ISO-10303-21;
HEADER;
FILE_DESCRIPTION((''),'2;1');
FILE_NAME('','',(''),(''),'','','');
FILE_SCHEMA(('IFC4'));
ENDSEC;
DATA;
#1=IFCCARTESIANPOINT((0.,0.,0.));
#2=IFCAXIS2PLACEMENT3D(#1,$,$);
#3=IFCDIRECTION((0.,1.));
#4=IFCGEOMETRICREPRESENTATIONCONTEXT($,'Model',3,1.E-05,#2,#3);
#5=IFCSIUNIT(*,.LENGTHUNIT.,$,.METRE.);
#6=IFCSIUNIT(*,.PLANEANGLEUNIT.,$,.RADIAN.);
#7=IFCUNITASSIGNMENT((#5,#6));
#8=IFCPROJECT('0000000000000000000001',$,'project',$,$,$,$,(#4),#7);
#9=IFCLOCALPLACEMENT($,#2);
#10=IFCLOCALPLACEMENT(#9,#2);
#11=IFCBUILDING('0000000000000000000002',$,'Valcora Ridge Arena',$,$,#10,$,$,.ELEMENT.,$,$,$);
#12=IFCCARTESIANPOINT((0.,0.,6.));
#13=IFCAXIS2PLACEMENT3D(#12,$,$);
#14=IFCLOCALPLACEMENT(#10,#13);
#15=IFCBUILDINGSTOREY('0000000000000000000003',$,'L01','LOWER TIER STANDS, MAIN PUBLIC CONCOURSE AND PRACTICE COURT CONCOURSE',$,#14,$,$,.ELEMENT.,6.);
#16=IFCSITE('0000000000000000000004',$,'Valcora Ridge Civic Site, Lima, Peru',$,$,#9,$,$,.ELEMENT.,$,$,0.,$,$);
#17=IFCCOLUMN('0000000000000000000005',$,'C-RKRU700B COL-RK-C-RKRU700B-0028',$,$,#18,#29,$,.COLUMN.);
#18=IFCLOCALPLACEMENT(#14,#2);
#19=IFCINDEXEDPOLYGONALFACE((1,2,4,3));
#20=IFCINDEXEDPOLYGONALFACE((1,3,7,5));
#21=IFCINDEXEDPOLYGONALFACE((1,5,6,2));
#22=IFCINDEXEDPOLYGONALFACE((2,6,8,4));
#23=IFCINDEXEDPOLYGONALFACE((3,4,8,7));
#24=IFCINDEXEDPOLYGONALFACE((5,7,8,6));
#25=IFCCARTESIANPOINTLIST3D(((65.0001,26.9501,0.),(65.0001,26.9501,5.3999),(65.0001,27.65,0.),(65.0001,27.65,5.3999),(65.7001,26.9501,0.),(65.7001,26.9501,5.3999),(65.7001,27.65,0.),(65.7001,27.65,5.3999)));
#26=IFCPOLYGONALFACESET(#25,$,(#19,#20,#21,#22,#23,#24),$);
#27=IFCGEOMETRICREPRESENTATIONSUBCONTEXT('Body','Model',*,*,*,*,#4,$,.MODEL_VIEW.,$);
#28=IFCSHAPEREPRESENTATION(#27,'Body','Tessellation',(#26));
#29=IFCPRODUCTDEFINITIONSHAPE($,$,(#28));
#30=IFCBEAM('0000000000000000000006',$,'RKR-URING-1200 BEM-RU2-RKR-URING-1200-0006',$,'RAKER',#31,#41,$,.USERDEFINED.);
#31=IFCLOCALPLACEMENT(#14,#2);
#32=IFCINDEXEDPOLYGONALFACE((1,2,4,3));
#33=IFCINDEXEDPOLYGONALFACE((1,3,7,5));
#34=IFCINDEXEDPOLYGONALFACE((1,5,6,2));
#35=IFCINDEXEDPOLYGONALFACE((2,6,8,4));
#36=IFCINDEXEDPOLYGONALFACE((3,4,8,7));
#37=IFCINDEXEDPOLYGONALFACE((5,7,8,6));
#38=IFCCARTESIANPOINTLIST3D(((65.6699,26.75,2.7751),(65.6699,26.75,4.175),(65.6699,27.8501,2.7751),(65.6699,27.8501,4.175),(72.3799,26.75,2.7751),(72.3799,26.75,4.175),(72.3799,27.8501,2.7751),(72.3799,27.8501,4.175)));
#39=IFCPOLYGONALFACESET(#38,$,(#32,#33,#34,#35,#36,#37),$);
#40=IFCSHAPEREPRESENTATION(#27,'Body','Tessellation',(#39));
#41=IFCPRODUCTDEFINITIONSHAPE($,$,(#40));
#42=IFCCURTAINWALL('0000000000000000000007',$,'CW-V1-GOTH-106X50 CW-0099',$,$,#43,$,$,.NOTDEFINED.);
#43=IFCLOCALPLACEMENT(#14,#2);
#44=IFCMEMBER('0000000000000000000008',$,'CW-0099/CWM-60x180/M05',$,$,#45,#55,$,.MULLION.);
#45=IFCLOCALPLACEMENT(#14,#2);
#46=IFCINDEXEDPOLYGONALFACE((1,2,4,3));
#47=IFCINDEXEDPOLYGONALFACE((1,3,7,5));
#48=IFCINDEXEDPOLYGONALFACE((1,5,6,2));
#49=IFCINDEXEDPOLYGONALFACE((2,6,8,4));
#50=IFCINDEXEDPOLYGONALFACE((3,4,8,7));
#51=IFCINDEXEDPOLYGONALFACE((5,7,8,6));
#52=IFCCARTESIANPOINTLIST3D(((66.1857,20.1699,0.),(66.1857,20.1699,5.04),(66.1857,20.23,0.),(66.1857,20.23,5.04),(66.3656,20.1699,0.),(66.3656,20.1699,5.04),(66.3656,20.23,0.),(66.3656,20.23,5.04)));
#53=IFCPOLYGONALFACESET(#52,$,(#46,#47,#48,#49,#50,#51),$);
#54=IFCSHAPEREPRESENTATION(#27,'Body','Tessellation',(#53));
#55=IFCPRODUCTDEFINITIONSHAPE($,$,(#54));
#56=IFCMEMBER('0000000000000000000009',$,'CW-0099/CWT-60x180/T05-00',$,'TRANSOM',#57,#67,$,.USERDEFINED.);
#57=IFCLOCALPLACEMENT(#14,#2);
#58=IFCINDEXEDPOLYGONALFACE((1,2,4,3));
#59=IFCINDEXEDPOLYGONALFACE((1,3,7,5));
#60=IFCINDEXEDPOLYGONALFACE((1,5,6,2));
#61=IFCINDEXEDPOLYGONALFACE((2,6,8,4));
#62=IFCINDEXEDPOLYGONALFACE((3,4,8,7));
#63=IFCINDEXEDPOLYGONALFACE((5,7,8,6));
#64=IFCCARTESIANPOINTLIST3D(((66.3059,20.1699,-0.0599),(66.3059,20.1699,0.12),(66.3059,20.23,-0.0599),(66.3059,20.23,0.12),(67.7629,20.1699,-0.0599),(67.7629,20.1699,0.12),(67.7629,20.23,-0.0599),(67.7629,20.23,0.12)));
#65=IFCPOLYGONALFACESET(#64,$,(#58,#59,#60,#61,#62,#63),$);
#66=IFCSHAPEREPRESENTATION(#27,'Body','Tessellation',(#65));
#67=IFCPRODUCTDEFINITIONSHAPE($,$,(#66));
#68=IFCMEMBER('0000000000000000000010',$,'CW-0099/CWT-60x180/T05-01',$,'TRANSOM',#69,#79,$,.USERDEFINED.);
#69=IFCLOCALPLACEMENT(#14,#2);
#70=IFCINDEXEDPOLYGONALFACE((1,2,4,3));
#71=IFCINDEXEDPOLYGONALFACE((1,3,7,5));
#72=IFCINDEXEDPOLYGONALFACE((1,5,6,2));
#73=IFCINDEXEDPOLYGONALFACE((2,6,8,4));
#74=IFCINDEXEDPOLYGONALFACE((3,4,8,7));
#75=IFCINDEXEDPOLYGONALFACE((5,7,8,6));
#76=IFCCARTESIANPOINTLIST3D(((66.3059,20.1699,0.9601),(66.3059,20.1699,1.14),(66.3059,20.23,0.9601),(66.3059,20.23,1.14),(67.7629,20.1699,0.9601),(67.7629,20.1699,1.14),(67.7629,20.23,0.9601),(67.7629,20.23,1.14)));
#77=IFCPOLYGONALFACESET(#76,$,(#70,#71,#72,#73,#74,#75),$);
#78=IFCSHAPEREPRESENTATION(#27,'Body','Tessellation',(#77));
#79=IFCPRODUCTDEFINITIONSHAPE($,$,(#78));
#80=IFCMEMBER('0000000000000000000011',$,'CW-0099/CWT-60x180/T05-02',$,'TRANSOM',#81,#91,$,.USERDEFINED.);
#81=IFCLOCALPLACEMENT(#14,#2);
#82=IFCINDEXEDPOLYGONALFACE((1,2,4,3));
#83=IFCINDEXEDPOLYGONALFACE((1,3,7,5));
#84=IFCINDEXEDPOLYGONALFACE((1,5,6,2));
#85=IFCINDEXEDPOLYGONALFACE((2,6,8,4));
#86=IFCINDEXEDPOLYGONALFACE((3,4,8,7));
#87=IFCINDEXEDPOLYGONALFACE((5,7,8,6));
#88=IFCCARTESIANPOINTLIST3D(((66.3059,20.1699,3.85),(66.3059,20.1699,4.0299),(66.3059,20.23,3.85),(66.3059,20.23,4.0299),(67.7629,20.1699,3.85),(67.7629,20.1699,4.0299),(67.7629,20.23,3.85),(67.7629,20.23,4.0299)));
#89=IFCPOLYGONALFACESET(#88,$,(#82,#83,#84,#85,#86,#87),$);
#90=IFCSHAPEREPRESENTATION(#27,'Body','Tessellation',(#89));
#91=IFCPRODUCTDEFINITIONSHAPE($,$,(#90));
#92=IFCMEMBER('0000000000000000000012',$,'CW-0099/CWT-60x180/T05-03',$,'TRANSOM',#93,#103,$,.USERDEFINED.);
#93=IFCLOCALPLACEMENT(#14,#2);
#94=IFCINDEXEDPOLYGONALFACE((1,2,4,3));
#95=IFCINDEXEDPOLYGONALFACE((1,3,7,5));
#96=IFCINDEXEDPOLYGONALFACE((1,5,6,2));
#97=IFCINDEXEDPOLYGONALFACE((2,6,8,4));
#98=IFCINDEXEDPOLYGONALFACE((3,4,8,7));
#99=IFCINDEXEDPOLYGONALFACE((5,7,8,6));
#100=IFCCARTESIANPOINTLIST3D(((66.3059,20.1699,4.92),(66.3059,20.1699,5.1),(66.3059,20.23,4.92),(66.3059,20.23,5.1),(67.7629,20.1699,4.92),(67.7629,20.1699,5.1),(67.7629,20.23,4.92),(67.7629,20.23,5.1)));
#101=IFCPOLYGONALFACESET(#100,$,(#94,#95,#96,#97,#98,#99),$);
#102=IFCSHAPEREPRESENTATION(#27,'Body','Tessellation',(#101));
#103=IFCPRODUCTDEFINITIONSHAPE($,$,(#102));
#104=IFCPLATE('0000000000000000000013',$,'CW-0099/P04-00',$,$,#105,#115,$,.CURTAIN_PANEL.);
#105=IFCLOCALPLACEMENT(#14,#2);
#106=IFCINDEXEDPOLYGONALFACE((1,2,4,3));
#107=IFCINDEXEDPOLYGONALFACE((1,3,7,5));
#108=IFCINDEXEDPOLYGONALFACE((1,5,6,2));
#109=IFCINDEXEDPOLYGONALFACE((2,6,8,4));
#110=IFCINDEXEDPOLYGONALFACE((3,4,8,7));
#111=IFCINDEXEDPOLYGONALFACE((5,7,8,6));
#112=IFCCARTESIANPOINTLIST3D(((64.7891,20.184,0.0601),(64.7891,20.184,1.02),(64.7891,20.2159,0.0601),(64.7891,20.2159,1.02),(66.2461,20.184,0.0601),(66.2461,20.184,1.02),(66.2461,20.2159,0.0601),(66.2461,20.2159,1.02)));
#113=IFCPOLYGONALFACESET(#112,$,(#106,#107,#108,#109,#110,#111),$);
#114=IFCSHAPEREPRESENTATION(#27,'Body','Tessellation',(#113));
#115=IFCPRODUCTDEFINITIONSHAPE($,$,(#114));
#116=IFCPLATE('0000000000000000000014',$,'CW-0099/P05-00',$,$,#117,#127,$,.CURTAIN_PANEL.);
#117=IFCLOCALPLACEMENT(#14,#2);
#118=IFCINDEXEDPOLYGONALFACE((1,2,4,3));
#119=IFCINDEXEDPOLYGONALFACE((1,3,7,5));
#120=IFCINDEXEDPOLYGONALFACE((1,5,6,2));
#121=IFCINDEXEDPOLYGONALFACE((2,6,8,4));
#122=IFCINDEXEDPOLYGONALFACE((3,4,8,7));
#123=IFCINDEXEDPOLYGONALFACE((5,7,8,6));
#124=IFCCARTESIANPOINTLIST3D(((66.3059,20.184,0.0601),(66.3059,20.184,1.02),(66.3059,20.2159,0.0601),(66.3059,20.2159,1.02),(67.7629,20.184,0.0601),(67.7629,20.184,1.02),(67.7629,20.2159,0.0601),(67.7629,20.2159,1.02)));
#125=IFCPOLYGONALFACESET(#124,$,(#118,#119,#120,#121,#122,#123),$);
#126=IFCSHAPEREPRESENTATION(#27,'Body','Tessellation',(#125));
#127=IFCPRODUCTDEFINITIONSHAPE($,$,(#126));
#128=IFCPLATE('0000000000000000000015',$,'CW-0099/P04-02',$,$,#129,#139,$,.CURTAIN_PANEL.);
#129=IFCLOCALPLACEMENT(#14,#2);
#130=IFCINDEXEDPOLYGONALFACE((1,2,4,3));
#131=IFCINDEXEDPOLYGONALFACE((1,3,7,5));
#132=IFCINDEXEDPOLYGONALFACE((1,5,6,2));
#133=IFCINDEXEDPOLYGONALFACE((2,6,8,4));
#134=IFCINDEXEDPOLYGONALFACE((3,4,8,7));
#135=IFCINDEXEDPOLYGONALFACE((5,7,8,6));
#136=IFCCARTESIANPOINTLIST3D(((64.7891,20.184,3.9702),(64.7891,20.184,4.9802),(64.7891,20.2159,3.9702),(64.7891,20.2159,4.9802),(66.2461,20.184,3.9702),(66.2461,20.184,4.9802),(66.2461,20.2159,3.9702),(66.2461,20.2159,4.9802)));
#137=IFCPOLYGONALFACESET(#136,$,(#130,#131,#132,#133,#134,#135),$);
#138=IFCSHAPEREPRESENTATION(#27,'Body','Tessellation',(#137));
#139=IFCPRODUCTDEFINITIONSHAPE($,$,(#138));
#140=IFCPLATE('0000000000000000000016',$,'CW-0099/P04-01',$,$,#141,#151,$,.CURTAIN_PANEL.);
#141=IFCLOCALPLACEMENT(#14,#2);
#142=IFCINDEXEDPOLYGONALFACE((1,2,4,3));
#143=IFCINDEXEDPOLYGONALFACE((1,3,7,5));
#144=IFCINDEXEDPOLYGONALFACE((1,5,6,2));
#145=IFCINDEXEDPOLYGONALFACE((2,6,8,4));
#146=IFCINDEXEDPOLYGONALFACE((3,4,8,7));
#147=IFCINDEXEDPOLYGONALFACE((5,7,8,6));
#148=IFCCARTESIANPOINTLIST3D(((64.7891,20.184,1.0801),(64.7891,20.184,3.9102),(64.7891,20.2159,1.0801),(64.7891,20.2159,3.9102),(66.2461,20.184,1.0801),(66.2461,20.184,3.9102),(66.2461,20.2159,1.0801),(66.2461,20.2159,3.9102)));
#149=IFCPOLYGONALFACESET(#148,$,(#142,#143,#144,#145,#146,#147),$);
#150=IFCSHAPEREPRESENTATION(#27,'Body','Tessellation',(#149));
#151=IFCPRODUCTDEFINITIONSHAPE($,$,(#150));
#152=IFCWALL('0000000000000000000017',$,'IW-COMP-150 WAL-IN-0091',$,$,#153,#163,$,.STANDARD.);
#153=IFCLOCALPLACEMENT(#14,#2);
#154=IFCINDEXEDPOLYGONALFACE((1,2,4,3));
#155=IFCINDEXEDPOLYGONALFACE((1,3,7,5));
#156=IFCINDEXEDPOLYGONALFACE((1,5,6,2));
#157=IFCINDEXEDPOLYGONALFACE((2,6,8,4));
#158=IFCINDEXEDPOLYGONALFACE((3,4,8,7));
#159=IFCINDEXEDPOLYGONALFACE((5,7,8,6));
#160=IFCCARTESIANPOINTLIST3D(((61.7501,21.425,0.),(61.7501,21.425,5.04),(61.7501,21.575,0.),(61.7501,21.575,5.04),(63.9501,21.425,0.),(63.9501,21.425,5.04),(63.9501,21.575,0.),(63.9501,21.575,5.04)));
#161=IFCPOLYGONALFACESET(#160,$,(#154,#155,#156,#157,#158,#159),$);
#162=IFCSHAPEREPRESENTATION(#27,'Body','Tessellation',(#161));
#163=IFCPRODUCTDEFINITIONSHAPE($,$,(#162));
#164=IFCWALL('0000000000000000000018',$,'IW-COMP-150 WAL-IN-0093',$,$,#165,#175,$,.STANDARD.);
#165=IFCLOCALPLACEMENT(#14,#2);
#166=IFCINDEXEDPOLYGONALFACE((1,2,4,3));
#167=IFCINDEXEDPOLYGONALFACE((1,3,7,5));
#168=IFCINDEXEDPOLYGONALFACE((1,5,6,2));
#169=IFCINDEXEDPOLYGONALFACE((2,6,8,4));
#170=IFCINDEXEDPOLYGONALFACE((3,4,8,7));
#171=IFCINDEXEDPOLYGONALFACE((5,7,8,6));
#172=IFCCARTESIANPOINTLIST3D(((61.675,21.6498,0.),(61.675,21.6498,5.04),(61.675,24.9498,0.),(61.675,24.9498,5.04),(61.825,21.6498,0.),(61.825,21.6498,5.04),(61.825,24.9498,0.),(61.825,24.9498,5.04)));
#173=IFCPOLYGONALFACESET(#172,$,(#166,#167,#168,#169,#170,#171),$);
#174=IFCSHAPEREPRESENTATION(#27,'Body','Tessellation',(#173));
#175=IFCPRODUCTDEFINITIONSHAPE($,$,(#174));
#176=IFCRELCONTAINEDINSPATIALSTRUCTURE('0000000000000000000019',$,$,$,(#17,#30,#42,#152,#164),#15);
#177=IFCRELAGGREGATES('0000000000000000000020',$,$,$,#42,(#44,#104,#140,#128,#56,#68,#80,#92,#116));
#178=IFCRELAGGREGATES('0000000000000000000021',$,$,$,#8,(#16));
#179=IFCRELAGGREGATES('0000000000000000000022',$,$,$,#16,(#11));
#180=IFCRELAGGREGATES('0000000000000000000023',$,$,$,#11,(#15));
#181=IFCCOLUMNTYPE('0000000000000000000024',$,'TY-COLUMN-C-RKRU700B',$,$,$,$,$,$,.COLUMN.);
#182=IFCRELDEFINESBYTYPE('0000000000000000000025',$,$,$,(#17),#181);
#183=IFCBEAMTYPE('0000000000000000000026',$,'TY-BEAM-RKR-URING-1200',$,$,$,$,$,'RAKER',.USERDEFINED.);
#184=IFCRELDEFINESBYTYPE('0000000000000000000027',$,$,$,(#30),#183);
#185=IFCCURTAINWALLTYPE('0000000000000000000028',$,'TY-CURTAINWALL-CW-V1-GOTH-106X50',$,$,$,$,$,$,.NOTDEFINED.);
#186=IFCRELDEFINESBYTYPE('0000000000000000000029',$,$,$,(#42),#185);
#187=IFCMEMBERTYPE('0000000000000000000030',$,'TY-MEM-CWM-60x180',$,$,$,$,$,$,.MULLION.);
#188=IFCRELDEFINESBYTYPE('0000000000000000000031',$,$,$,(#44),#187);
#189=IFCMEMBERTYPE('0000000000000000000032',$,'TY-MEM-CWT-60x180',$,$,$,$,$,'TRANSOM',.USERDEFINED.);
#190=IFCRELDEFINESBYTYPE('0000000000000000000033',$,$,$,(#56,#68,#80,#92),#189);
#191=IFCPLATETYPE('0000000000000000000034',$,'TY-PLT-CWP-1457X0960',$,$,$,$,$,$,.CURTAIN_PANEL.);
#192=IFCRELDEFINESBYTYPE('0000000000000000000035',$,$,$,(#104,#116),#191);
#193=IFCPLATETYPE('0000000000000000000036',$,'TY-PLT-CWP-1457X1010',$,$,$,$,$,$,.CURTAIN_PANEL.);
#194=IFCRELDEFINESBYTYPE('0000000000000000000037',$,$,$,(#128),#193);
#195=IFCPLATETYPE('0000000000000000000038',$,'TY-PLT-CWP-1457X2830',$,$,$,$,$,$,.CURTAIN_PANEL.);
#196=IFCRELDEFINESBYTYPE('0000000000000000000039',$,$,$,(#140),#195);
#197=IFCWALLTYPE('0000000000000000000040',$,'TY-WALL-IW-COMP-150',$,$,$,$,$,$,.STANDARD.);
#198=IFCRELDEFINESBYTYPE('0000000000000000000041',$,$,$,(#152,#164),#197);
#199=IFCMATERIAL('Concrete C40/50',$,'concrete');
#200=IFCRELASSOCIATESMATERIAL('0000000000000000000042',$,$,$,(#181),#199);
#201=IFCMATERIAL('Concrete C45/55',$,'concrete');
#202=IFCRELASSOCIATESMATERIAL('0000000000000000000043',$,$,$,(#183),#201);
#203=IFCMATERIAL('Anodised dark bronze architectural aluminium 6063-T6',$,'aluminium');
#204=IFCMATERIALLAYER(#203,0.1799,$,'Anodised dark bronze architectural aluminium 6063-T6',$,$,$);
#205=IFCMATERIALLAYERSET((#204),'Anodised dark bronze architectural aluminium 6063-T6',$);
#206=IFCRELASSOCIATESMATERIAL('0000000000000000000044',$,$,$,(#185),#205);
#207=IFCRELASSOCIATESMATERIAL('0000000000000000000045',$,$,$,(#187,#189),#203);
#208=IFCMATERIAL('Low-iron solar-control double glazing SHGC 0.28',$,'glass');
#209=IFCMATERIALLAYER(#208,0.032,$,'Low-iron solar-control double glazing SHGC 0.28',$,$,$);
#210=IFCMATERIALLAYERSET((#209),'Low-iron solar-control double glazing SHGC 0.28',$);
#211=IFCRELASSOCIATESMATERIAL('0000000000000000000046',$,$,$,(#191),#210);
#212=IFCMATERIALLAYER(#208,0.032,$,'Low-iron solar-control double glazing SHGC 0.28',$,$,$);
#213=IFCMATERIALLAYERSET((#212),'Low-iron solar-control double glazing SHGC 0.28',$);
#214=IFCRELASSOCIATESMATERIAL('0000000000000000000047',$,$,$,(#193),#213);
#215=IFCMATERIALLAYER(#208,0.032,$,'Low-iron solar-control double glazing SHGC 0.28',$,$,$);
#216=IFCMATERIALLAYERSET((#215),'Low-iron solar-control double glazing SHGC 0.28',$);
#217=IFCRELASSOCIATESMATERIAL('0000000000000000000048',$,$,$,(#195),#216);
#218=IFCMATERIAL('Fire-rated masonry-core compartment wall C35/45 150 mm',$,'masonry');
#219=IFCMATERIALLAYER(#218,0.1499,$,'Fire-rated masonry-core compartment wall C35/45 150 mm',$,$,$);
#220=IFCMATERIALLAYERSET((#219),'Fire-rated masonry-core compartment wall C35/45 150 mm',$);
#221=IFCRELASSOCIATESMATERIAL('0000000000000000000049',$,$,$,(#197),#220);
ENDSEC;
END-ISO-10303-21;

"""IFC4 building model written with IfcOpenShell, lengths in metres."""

from ifc_helpers import new_model, si_unit, direction, frame, frame_2d, origin, origin_2d, place, context, subcontext, project, spatial, rectangle, extrude, material, layer, layer_set, material_profile, profile_set, type_object, element, aggregate, save


model = new_model("IFC4")

# Units and contexts
model_context = context("Model", 3, precision=1e-05, world=origin(), true_north=direction((0.0, 1.0)))
body_context = subcontext(model_context, "Body", "Model", "MODEL_VIEW")
ifc_project = project(units=[si_unit("LENGTHUNIT", "METRE"), si_unit("PLANEANGLEUNIT", "RADIAN")], contexts=[model_context])

# Site, building, storey
site_placement = place(None, origin())
site = spatial("IfcSite", under=ifc_project, at=site_placement, Name="Valcora Ridge Civic Site, Lima, Peru", CompositionType="ELEMENT", RefElevation=0.0)
building_placement = place(site_placement, origin())
building = spatial("IfcBuilding", under=site, at=building_placement, Name="Valcora Ridge Arena", CompositionType="ELEMENT")
storey_placement = place(building_placement, frame((0.0, 0.0, 6.0)))
storey = spatial("IfcBuildingStorey", under=building, at=storey_placement, Name="L01", Description="LOWER TIER STANDS, MAIN PUBLIC CONCOURSE AND PRACTICE COURT CONCOURSE", CompositionType="ELEMENT", Elevation=6.0)

# Column
ifc_material_1 = material(Name="Concrete C40/50", Category="concrete")
ifc_material_profile_1 = material_profile(ifc_material_1, rectangle(XDim=0.7, YDim=0.7, at=origin_2d()), Name="RC 700x700")
ifc_profile_set_1 = profile_set([ifc_material_profile_1], Name="Concrete C40/50")
column_type = type_object("IfcColumnType", Name="TY-COLUMN-C-RKRU700B", PredefinedType="COLUMN", material=ifc_profile_set_1)
column_placement = place(storey_placement, frame((65.3501, 27.3, 0.0), z_axis=(0.0, 0.0, 1.0), x_axis=(1.0, 0.0, 0.0)))
element("IfcColumn", 1, at=column_placement, inside=storey, type_object=column_type, Name="C-RKRU700B COL-RK-C-RKRU700B-0028", PredefinedType="COLUMN", context=body_context, shape_type="SweptSolid", body=[
    extrude(rectangle(XDim=0.7, YDim=0.7, at=origin_2d()), origin(), (0.0, 0.0, 1.0), 5.3999),
])

# Beam
ifc_material_2 = material(Name="Concrete C45/55", Category="concrete")
ifc_material_profile_2 = material_profile(ifc_material_2, rectangle(XDim=1.1001, YDim=1.3999, at=origin_2d()), Name="RC 1100x1400")
ifc_profile_set_2 = profile_set([ifc_material_profile_2], Name="Concrete C45/55")
beam_type = type_object("IfcBeamType", Name="TY-BEAM-RKR-URING-1200", ElementType="RAKER", PredefinedType="USERDEFINED", material=ifc_profile_set_2)
beam_placement = place(storey_placement, frame((65.6699, 27.3, 3.4751), z_axis=(1.0, 0.0, 0.0), x_axis=(0.0, 1.0, 0.0)))
element("IfcBeam", 2, at=beam_placement, inside=storey, type_object=beam_type, Name="RKR-URING-1200 BEM-RU2-RKR-URING-1200-0006", ObjectType="RAKER", PredefinedType="USERDEFINED", context=body_context, shape_type="SweptSolid", body=[
    extrude(rectangle(XDim=1.1001, YDim=1.3999, at=origin_2d()), origin(), (0.0, 0.0, 1.0), 6.71),
])

# Curtain wall, members, plates
ifc_material_3 = material(Name="Anodised dark bronze architectural aluminium 6063-T6", Category="aluminium")
ifc_layer_1 = layer(ifc_material_3, 0.1799, Name="Anodised dark bronze architectural aluminium 6063-T6")
ifc_layer_set_1 = layer_set([ifc_layer_1], Name="Anodised dark bronze architectural aluminium 6063-T6")
curtain_wall_type = type_object("IfcCurtainWallType", Name="TY-CURTAINWALL-CW-V1-GOTH-106X50", PredefinedType="NOTDEFINED", material=ifc_layer_set_1)
curtain_wall_placement = place(storey_placement, origin())
curtain_wall = element("IfcCurtainWall", 3, at=curtain_wall_placement, inside=storey, type_object=curtain_wall_type, Name="CW-V1-GOTH-106X50 CW-0099", PredefinedType="NOTDEFINED")
ifc_material_profile_3 = material_profile(ifc_material_3, rectangle(XDim=0.0601, YDim=0.1799, at=origin_2d()), Name="ALU MULLION 60x180")
ifc_profile_set_3 = profile_set([ifc_material_profile_3], Name="Anodised dark bronze architectural aluminium 6063-T6")
member_type_1 = type_object("IfcMemberType", Name="TY-MEM-CWM-60x180", PredefinedType="MULLION", material=ifc_profile_set_3)
member_1_placement = place(storey_placement, frame((66.2756, 20.2, 0.0), z_axis=(0.0, 0.0, 1.0), x_axis=(0.0, 1.0, 0.0)))
member_1 = element("IfcMember", 4, at=member_1_placement, type_object=member_type_1, Name="CW-0099/CWM-60x180/M05", PredefinedType="MULLION", context=body_context, shape_type="SweptSolid", body=[
    extrude(rectangle(XDim=0.0601, YDim=0.1799, at=origin_2d()), origin(), (0.0, 0.0, 1.0), 5.04),
])
ifc_material_profile_4 = material_profile(ifc_material_3, rectangle(XDim=0.0601, YDim=0.1799, at=origin_2d()), Name="ALU TRANSOM 60x180")
ifc_profile_set_4 = profile_set([ifc_material_profile_4], Name="Anodised dark bronze architectural aluminium 6063-T6")
member_type_2 = type_object("IfcMemberType", Name="TY-MEM-CWT-60x180", ElementType="TRANSOM", PredefinedType="USERDEFINED", material=ifc_profile_set_4)
member_2_placement = place(storey_placement, frame((66.3059, 20.2, 0.03), z_axis=(1.0, 0.0, 0.0), x_axis=(0.0, 1.0, 0.0)))
member_2 = element("IfcMember", 5, at=member_2_placement, type_object=member_type_2, Name="CW-0099/CWT-60x180/T05-00", ObjectType="TRANSOM", PredefinedType="USERDEFINED", context=body_context, shape_type="SweptSolid", body=[
    extrude(rectangle(XDim=0.0601, YDim=0.1799, at=origin_2d()), origin(), (0.0, 0.0, 1.0), 1.457),
])
member_3_placement = place(storey_placement, frame((66.3059, 20.2, 1.05), z_axis=(1.0, 0.0, 0.0), x_axis=(0.0, 1.0, 0.0)))
member_3 = element("IfcMember", 6, at=member_3_placement, type_object=member_type_2, Name="CW-0099/CWT-60x180/T05-01", ObjectType="TRANSOM", PredefinedType="USERDEFINED", context=body_context, shape_type="SweptSolid", body=[
    extrude(rectangle(XDim=0.0601, YDim=0.1799, at=origin_2d()), origin(), (0.0, 0.0, 1.0), 1.457),
])
member_4_placement = place(storey_placement, frame((66.3059, 20.2, 3.9399), z_axis=(1.0, 0.0, 0.0), x_axis=(0.0, 1.0, 0.0)))
member_4 = element("IfcMember", 7, at=member_4_placement, type_object=member_type_2, Name="CW-0099/CWT-60x180/T05-02", ObjectType="TRANSOM", PredefinedType="USERDEFINED", context=body_context, shape_type="SweptSolid", body=[
    extrude(rectangle(XDim=0.0601, YDim=0.1799, at=origin_2d()), origin(), (0.0, 0.0, 1.0), 1.457),
])
member_5_placement = place(storey_placement, frame((66.3059, 20.2, 5.01), z_axis=(1.0, 0.0, 0.0), x_axis=(0.0, 1.0, 0.0)))
member_5 = element("IfcMember", 8, at=member_5_placement, type_object=member_type_2, Name="CW-0099/CWT-60x180/T05-03", ObjectType="TRANSOM", PredefinedType="USERDEFINED", context=body_context, shape_type="SweptSolid", body=[
    extrude(rectangle(XDim=0.0601, YDim=0.1799, at=origin_2d()), origin(), (0.0, 0.0, 1.0), 1.457),
])
ifc_material_4 = material(Name="Low-iron solar-control double glazing SHGC 0.28", Category="glass")
ifc_layer_2 = layer(ifc_material_4, 0.032, Name="Low-iron solar-control double glazing SHGC 0.28")
ifc_layer_set_2 = layer_set([ifc_layer_2], Name="Low-iron solar-control double glazing SHGC 0.28")
plate_type_1 = type_object("IfcPlateType", Name="TY-PLT-CWP-1457X0960", PredefinedType="CURTAIN_PANEL", material=ifc_layer_set_2)
plate_1_placement = place(storey_placement, frame((65.5176, 20.2, 0.0601), z_axis=(0.0, 0.0, 1.0), x_axis=(1.0, 0.0, 0.0)))
plate_1 = element("IfcPlate", 9, at=plate_1_placement, type_object=plate_type_1, Name="CW-0099/P04-00", PredefinedType="CURTAIN_PANEL", context=body_context, shape_type="SweptSolid", body=[
    extrude(rectangle(XDim=1.457, YDim=0.032, at=origin_2d()), origin(), (0.0, 0.0, 1.0), 0.96),
])
plate_2_placement = place(storey_placement, frame((67.0344, 20.2, 0.0601), z_axis=(0.0, 0.0, 1.0), x_axis=(1.0, 0.0, 0.0)))
plate_2 = element("IfcPlate", 10, at=plate_2_placement, type_object=plate_type_1, Name="CW-0099/P05-00", PredefinedType="CURTAIN_PANEL", context=body_context, shape_type="SweptSolid", body=[
    extrude(rectangle(XDim=1.457, YDim=0.032, at=origin_2d()), origin(), (0.0, 0.0, 1.0), 0.96),
])
ifc_layer_3 = layer(ifc_material_4, 0.032, Name="Low-iron solar-control double glazing SHGC 0.28")
ifc_layer_set_3 = layer_set([ifc_layer_3], Name="Low-iron solar-control double glazing SHGC 0.28")
plate_type_2 = type_object("IfcPlateType", Name="TY-PLT-CWP-1457X1010", PredefinedType="CURTAIN_PANEL", material=ifc_layer_set_3)
plate_3_placement = place(storey_placement, frame((65.5176, 20.2, 3.9702), z_axis=(0.0, 0.0, 1.0), x_axis=(1.0, 0.0, 0.0)))
plate_3 = element("IfcPlate", 11, at=plate_3_placement, type_object=plate_type_2, Name="CW-0099/P04-02", PredefinedType="CURTAIN_PANEL", context=body_context, shape_type="SweptSolid", body=[
    extrude(rectangle(XDim=1.457, YDim=0.032, at=origin_2d()), origin(), (0.0, 0.0, 1.0), 1.01),
])
ifc_layer_4 = layer(ifc_material_4, 0.032, Name="Low-iron solar-control double glazing SHGC 0.28")
ifc_layer_set_4 = layer_set([ifc_layer_4], Name="Low-iron solar-control double glazing SHGC 0.28")
plate_type_3 = type_object("IfcPlateType", Name="TY-PLT-CWP-1457X2830", PredefinedType="CURTAIN_PANEL", material=ifc_layer_set_4)
plate_4_placement = place(storey_placement, frame((65.5176, 20.2, 1.0801), z_axis=(0.0, 0.0, 1.0), x_axis=(1.0, 0.0, 0.0)))
plate_4 = element("IfcPlate", 12, at=plate_4_placement, type_object=plate_type_3, Name="CW-0099/P04-01", PredefinedType="CURTAIN_PANEL", context=body_context, shape_type="SweptSolid", body=[
    extrude(rectangle(XDim=1.457, YDim=0.032, at=origin_2d()), origin(), (0.0, 0.0, 1.0), 2.8301),
])
aggregate(curtain_wall, [member_1, plate_1, plate_4, plate_3, member_2, member_3, member_4, member_5, plate_2])

# Wall
ifc_material_5 = material(Name="Fire-rated masonry-core compartment wall C35/45 150 mm", Category="masonry")
ifc_layer_5 = layer(ifc_material_5, 0.1499, Name="Fire-rated masonry-core compartment wall C35/45 150 mm")
ifc_layer_set_5 = layer_set([ifc_layer_5], Name="Fire-rated masonry-core compartment wall C35/45 150 mm")
wall_type_1 = type_object("IfcWallType", Name="TY-WALL-IW-COMP-150", PredefinedType="STANDARD", material=ifc_layer_set_5)
wall_1_placement = place(storey_placement, frame((61.75, 21.5, 0.0), z_axis=(0.0, 0.0, 1.0), x_axis=(1.0, 0.0, 0.0)))
element("IfcWall", 13, at=wall_1_placement, inside=storey, type_object=wall_type_1, Name="IW-COMP-150 WAL-IN-0091", PredefinedType="STANDARD", context=body_context, shape_type="SweptSolid", body=[
    extrude(rectangle(XDim=2.2, YDim=0.1499, at=frame_2d((1.1001, 0.0))), origin(), (0.0, 0.0, 1.0), 5.04),
])

# Wall
for number, where, z_axis, x_axis, name in (
    (14, (61.75, 21.6499, 0.0), (0.0, 0.0, 1.0), (0.0, 1.0, 0.0), "IW-COMP-150 WAL-IN-0093"),
):
    element("IfcWall", number, at=place(storey_placement, frame(where, z_axis=z_axis, x_axis=x_axis)), inside=storey, type_object=wall_type_1, Name=name, PredefinedType="STANDARD", context=body_context, shape_type="SweptSolid", body=[
        extrude(rectangle(XDim=3.3, YDim=0.1499, at=frame_2d((1.6499, 0.0))), origin(), (0.0, 0.0, 1.0), 5.04),
    ])

save(model, "model.ifc")
